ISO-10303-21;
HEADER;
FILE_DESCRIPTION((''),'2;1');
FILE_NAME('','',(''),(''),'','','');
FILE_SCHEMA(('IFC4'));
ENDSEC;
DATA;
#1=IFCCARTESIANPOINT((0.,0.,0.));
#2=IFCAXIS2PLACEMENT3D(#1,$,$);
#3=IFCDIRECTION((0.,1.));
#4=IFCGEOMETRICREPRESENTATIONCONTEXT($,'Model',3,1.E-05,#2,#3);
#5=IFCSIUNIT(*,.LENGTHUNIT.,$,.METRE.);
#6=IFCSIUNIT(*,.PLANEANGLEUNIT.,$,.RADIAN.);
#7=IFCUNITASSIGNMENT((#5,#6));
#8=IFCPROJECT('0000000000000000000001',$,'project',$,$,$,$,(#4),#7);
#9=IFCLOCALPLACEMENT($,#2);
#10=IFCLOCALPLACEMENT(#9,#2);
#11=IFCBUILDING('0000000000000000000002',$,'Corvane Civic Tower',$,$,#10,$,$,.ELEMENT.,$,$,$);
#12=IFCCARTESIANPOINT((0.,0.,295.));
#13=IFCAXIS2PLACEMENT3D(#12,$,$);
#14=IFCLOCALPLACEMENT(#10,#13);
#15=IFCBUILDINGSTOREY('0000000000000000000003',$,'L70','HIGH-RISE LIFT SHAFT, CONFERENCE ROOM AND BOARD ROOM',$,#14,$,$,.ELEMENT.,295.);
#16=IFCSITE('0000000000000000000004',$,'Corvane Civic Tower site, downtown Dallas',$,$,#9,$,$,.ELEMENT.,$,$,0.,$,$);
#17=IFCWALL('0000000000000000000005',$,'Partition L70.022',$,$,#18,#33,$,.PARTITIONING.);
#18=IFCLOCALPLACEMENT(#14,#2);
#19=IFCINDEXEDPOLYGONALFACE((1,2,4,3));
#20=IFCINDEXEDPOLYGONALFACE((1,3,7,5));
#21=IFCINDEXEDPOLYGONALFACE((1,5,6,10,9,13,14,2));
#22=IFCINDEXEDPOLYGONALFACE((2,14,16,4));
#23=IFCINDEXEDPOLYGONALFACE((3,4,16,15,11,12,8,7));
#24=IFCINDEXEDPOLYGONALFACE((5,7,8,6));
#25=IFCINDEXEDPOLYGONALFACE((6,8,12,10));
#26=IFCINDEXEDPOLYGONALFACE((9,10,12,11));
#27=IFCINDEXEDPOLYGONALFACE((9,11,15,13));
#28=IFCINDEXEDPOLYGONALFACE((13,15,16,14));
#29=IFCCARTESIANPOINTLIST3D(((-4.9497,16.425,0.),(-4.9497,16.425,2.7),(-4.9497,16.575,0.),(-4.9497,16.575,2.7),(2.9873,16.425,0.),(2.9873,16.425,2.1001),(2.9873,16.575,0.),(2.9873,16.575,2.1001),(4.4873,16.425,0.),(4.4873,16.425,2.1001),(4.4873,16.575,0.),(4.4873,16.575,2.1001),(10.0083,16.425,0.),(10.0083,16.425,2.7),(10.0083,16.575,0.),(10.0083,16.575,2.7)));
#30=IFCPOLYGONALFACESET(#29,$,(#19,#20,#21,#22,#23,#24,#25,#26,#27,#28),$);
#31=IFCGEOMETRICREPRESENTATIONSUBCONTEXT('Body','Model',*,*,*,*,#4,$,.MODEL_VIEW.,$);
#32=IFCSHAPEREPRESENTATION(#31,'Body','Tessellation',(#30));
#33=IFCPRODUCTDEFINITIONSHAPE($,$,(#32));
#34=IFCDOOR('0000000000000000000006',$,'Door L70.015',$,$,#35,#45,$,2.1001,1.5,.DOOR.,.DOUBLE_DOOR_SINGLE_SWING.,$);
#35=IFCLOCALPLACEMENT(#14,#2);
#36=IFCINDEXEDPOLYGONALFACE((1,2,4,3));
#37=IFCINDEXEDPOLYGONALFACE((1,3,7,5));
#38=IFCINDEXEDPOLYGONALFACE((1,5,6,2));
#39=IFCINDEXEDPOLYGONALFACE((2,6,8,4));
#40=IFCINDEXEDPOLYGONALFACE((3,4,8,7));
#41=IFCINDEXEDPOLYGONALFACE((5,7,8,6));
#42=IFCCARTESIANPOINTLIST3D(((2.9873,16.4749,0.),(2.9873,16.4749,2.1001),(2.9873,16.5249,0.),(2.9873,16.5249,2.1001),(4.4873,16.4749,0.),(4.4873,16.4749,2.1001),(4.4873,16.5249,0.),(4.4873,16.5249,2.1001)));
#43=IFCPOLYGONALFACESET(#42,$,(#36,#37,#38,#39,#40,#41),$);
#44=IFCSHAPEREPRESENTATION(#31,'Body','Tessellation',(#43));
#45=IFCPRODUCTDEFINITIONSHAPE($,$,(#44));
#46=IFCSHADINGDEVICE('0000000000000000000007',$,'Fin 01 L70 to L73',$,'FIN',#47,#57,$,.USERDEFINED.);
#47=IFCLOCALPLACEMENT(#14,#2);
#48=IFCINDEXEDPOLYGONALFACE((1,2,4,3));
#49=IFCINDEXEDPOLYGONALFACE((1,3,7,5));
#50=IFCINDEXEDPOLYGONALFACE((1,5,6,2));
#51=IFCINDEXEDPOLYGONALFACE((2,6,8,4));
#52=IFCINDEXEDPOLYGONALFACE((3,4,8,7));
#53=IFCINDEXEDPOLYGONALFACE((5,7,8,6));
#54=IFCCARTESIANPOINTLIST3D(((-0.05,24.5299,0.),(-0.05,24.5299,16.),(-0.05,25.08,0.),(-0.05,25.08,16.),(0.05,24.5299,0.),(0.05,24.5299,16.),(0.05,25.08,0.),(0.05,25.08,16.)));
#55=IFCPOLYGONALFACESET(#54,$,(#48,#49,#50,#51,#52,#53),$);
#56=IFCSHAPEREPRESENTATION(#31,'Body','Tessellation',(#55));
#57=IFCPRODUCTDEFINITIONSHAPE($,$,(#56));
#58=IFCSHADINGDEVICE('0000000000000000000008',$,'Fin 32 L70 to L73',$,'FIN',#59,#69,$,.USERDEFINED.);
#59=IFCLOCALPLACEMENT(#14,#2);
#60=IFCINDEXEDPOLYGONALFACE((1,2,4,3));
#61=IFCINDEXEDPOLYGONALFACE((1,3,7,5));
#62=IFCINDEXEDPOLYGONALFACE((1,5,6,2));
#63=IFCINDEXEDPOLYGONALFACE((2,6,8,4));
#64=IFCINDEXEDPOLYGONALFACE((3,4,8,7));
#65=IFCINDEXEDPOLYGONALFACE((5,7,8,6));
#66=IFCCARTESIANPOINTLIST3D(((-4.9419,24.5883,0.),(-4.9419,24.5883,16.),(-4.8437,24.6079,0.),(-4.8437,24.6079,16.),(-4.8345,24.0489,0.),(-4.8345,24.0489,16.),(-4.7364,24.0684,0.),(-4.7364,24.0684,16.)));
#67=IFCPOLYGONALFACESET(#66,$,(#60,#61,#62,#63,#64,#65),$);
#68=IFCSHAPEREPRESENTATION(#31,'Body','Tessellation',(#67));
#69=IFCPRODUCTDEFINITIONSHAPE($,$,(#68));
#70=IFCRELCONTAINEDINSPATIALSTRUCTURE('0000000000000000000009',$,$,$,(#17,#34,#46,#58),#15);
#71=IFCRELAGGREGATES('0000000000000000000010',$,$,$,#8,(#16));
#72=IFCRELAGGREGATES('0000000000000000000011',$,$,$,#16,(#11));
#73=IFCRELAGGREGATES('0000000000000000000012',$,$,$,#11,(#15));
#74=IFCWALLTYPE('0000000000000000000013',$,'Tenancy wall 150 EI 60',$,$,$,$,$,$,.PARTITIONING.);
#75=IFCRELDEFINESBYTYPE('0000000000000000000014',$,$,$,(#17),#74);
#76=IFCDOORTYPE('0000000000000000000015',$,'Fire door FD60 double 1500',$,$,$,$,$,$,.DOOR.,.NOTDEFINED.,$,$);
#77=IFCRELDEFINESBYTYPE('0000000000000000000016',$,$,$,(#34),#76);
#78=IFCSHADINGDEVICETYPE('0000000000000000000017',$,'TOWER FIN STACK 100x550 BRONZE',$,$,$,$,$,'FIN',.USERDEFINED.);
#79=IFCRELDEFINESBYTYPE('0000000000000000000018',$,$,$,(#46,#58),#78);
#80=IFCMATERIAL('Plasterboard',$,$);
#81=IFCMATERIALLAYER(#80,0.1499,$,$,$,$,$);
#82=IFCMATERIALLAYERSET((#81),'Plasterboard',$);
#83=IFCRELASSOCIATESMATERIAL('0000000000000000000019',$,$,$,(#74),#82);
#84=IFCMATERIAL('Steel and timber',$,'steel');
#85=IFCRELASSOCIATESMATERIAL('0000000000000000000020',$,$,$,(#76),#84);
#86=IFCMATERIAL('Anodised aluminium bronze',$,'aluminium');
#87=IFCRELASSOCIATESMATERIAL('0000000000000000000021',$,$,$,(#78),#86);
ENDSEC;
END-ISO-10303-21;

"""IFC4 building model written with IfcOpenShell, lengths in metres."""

from ifc_helpers import new_model, si_unit, direction, frame, frame_2d, origin, origin_2d, place, context, subcontext, project, spatial, rectangle, extrude, material, layer, layer_set, material_profile, profile_set, type_object, element, fill, save


model = new_model("IFC4")

# Units and contexts
model_context = context("Model", 3, precision=1e-05, world=origin(), true_north=direction((0.0, 1.0)))
body_context = subcontext(model_context, "Body", "Model", "MODEL_VIEW")
ifc_project = project(units=[si_unit("LENGTHUNIT", "METRE"), si_unit("PLANEANGLEUNIT", "RADIAN")], contexts=[model_context])

# Site, building, storey
site_placement = place(None, origin())
site = spatial("IfcSite", under=ifc_project, at=site_placement, Name="Corvane Civic Tower site, downtown Dallas", CompositionType="ELEMENT", RefElevation=0.0)
building_placement = place(site_placement, origin())
building = spatial("IfcBuilding", under=site, at=building_placement, Name="Corvane Civic Tower", CompositionType="ELEMENT")
storey_placement = place(building_placement, frame((0.0, 0.0, 295.0)))
storey = spatial("IfcBuildingStorey", under=building, at=storey_placement, Name="L70", Description="HIGH-RISE LIFT SHAFT, CONFERENCE ROOM AND BOARD ROOM", CompositionType="ELEMENT", Elevation=295.0)

# Shared definitions
ifc_material_1 = material(Name="Plasterboard")
ifc_layer_1 = layer(ifc_material_1, 0.1499)
ifc_layer_set_1 = layer_set([ifc_layer_1], Name="Plasterboard")
wall_type_1 = type_object("IfcWallType", Name="Tenancy wall 150 EI 60", PredefinedType="PARTITIONING", material=ifc_layer_set_1)

# Wall, opening, door
wall_1_placement = place(storey_placement, frame((-4.9497, 16.5, 0.0), z_axis=(0.0, 0.0, 1.0), x_axis=(1.0, 0.0, 0.0)))
wall_1 = element("IfcWall", 1, at=wall_1_placement, inside=storey, type_object=wall_type_1, Name="Partition L70.022", PredefinedType="PARTITIONING", context=body_context, shape_type="SweptSolid", body=[
    extrude(rectangle(XDim=14.958, YDim=0.1499, at=frame_2d((7.479, 0.0))), origin(), (0.0, 0.0, 1.0), 2.7),
])
opening_1_placement = place(wall_1_placement, frame((7.937, 0.0, 0.0)))
opening_1 = element("IfcOpeningElement", 2, at=opening_1_placement, cuts=wall_1, PredefinedType="OPENING", context=body_context, shape_type="SweptSolid", body=[
    extrude(rectangle(XDim=1.5, YDim=2.1001, at=frame_2d((0.75, 1.05))), frame((0.0, 0.085, 0.0), z_axis=(0.0, -1.0, 0.0), x_axis=(1.0, 0.0, 0.0)), (0.0, 0.0, 1.0), 0.1699),
])
ifc_material_2 = material(Name="Steel and timber", Category="steel")
door_type_1 = type_object("IfcDoorType", Name="Fire door FD60 double 1500", OperationType="NOTDEFINED", PredefinedType="DOOR", material=ifc_material_2)
door_1_placement = place(opening_1_placement, origin())
door_1 = element("IfcDoor", 3, at=door_1_placement, inside=storey, type_object=door_type_1, Name="Door L70.015", OperationType="DOUBLE_DOOR_SINGLE_SWING", OverallHeight=2.1001, OverallWidth=1.5, PredefinedType="DOOR", context=body_context, shape_type="SweptSolid", body=[
    extrude(rectangle(XDim=1.5, YDim=2.1001, at=frame_2d((0.75, 1.05))), frame((0.0, 0.0249, 0.0), z_axis=(0.0, -1.0, 0.0), x_axis=(1.0, 0.0, 0.0)), (0.0, 0.0, 1.0), 0.05),
])
fill(opening_1, door_1)

# Shading devices
ifc_material_3 = material(Name="Anodised aluminium bronze", Category="aluminium")
ifc_material_profile_1 = material_profile(ifc_material_3, rectangle(XDim=0.1001, YDim=0.55, at=origin_2d()), Name="TOWER FIN STACK 100x550 BRONZE")
ifc_profile_set_1 = profile_set([ifc_material_profile_1], Name="Anodised aluminium bronze")
shading_device_type = type_object("IfcShadingDeviceType", Name="TOWER FIN STACK 100x550 BRONZE", ElementType="FIN", PredefinedType="USERDEFINED", material=ifc_profile_set_1)
for number, where, z_axis, x_axis, name in (
    (4, (0.0, 24.8049, 0.0), (0.0, 0.0, 1.0), (1.0, 0.0, 0.0), "Fin 01 L70 to L73"),
    (5, (-4.8391, 24.3284, 0.0), (0.0, 0.0, 1.0), (0.980785, 0.19509, 0.0), "Fin 32 L70 to L73"),
):
    element("IfcShadingDevice", number, at=place(storey_placement, frame(where, z_axis=z_axis, x_axis=x_axis)), inside=storey, type_object=shading_device_type, Name=name, ObjectType="FIN", PredefinedType="USERDEFINED", context=body_context, shape_type="SweptSolid", body=[
        extrude(rectangle(XDim=0.1001, YDim=0.55, at=origin_2d()), origin(), (0.0, 0.0, 1.0), 16.0),
    ])

save(model, "model.ifc")
